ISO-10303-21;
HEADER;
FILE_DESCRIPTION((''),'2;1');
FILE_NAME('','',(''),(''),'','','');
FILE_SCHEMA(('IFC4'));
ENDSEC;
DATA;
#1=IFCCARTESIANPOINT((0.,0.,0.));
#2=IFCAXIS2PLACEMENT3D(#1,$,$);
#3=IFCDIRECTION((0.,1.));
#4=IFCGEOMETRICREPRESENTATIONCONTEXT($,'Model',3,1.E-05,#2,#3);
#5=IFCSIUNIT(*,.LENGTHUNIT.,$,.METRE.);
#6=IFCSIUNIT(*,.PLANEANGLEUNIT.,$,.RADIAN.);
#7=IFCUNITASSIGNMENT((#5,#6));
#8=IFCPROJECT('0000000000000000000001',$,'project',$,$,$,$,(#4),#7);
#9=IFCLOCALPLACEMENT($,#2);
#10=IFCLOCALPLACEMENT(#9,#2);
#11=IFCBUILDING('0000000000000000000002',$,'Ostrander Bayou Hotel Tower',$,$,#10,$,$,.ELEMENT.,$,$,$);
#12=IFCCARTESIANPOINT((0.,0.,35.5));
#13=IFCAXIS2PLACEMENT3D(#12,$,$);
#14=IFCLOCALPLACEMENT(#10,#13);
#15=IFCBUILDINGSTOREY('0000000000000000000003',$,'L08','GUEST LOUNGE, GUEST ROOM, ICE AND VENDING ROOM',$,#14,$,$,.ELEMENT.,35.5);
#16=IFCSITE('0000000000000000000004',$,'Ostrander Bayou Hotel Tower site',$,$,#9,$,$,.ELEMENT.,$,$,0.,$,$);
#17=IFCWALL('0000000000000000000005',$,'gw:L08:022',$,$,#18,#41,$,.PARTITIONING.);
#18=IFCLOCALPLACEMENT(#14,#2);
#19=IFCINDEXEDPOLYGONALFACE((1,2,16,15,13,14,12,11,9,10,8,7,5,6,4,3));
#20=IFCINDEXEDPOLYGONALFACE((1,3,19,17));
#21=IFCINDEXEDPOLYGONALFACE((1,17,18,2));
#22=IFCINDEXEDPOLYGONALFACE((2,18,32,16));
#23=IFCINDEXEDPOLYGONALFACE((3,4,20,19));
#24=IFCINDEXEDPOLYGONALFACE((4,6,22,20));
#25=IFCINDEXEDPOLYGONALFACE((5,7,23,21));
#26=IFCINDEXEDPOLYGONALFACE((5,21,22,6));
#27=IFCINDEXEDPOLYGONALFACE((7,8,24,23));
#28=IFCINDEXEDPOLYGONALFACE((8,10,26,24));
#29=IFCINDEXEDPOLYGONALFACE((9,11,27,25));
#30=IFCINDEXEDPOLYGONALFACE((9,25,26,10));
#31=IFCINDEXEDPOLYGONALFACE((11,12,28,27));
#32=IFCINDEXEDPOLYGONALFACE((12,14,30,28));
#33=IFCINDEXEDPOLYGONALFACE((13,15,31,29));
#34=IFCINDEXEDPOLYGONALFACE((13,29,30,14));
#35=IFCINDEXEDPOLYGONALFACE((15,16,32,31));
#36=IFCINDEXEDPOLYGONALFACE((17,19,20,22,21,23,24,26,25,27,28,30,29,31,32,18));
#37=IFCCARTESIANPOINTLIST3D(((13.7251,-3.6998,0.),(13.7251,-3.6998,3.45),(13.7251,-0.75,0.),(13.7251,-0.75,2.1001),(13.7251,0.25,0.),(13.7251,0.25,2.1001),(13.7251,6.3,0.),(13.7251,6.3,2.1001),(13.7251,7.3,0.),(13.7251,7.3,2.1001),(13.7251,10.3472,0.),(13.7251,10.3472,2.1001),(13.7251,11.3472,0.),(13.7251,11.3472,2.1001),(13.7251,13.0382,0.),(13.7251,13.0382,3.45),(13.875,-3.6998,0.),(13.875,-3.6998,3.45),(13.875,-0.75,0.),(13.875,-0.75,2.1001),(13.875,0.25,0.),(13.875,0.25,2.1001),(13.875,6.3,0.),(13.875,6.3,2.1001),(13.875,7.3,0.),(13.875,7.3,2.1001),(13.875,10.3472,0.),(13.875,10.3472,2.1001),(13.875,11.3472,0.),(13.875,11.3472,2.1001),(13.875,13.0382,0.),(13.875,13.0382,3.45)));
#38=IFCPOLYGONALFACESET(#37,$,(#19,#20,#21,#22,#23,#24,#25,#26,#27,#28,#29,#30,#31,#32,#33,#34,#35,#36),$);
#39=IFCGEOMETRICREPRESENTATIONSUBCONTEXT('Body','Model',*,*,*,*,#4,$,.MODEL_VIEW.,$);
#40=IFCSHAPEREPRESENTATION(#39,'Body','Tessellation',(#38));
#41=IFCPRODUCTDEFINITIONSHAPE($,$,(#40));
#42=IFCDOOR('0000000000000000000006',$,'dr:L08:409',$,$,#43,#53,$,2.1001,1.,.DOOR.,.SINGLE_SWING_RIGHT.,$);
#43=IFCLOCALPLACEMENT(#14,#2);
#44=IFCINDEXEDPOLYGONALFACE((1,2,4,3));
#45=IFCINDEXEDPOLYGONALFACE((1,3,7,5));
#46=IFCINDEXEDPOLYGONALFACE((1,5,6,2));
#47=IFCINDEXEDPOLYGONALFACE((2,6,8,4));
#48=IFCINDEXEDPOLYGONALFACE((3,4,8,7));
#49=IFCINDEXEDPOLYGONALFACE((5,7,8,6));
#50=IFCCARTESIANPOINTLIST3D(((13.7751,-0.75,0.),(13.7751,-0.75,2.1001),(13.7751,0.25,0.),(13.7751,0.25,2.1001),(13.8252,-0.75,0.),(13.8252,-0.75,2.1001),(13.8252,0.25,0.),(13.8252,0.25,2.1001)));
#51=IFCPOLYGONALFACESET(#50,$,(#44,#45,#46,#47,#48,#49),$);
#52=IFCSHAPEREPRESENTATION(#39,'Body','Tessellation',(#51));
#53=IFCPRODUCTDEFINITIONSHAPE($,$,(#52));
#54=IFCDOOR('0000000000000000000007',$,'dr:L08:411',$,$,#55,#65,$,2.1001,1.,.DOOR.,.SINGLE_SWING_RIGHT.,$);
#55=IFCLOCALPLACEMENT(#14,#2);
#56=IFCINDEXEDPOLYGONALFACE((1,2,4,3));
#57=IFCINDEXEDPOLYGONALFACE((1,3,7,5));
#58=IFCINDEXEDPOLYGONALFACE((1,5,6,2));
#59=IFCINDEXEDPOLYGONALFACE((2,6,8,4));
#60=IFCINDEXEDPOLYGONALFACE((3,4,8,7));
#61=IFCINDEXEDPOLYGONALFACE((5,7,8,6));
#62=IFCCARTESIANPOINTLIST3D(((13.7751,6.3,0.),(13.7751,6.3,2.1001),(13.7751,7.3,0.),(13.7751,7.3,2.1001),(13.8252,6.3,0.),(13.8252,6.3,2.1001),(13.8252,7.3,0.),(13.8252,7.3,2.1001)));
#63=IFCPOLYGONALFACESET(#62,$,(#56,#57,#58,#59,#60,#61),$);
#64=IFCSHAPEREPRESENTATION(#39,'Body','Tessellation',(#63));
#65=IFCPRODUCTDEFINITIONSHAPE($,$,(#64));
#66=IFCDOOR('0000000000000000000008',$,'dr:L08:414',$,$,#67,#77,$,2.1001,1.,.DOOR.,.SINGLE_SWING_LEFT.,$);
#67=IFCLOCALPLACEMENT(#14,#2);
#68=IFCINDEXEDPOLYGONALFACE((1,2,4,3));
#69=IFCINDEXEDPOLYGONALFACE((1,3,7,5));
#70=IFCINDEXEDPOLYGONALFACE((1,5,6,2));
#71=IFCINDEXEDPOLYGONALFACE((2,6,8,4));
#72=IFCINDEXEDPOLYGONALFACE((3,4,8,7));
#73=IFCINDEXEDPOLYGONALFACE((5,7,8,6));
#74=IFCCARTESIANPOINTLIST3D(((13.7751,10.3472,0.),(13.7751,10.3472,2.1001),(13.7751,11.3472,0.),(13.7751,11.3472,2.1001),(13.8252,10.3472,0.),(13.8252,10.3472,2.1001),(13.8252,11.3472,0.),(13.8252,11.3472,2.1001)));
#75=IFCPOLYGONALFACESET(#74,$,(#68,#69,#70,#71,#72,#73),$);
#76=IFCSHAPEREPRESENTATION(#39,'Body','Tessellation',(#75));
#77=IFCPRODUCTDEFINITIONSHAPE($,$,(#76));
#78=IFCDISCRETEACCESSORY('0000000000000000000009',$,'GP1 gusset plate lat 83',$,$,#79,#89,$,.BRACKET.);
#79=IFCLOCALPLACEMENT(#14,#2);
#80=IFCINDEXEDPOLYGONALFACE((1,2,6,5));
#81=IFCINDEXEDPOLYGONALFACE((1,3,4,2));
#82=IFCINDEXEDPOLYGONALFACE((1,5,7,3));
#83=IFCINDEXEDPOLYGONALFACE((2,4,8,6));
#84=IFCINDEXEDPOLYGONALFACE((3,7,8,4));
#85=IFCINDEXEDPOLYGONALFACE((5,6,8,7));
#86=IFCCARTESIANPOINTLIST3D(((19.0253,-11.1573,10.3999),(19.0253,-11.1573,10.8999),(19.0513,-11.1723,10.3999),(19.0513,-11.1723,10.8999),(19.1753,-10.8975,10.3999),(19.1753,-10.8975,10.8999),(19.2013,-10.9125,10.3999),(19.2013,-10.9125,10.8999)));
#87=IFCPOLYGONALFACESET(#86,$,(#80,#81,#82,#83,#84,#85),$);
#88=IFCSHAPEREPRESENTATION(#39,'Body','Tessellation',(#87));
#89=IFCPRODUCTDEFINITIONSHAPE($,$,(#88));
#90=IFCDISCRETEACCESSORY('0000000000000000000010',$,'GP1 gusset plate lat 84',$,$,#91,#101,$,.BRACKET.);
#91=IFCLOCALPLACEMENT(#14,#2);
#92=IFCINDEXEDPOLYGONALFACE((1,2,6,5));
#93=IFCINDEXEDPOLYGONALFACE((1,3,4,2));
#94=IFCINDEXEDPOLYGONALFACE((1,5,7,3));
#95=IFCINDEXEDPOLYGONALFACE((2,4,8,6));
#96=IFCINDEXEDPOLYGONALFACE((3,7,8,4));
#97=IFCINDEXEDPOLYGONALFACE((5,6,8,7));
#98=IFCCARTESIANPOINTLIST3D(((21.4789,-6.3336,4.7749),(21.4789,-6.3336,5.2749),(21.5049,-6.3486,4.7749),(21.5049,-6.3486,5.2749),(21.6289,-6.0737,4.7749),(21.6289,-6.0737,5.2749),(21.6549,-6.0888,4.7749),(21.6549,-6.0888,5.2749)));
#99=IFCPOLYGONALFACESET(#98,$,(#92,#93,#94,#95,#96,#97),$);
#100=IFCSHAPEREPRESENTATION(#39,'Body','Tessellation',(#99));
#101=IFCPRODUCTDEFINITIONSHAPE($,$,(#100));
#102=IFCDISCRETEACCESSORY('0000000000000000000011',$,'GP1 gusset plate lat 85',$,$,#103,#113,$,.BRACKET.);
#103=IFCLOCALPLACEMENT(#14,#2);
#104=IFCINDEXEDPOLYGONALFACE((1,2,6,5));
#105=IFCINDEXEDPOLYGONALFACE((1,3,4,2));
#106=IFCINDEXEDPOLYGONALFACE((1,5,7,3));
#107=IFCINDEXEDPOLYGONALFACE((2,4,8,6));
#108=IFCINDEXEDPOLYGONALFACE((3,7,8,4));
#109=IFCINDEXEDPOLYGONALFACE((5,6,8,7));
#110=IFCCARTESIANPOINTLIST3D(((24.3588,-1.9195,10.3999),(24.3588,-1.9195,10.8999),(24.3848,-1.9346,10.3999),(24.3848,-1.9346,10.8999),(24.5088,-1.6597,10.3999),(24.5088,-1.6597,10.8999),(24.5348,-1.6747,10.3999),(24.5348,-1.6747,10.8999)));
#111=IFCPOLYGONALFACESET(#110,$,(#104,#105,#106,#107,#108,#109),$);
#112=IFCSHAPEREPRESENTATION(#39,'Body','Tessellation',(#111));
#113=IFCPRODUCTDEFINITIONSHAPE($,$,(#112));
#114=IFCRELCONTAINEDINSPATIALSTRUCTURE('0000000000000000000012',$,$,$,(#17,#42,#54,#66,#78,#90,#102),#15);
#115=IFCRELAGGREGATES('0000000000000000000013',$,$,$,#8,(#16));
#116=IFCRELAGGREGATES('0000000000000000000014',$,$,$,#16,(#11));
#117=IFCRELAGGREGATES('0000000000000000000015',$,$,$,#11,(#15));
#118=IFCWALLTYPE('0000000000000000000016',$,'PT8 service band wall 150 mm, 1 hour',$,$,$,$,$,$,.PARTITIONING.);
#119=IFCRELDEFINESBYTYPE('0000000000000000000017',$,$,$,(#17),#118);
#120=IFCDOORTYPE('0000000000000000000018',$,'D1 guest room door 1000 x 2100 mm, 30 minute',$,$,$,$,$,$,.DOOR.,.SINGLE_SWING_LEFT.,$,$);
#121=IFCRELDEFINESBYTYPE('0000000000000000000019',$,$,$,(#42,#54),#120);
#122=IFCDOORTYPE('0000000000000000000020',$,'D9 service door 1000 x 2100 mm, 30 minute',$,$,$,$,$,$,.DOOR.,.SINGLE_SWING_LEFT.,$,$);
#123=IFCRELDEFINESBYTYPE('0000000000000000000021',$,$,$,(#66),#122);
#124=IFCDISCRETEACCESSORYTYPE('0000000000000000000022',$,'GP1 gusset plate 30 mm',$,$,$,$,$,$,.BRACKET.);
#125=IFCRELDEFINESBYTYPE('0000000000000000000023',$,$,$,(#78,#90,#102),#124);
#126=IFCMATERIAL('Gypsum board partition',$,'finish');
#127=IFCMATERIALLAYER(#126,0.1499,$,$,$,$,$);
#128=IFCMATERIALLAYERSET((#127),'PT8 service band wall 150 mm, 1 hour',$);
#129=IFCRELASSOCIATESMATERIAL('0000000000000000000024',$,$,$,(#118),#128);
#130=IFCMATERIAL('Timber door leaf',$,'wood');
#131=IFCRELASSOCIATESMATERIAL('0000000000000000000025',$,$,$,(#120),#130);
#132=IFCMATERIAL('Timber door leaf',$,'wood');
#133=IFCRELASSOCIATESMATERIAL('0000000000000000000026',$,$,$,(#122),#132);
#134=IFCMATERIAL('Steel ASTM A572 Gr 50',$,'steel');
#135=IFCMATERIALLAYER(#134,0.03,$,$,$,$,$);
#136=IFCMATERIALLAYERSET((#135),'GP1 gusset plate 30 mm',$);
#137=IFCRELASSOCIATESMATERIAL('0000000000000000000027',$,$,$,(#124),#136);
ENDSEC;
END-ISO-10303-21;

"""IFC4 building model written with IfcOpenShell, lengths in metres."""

from ifc_helpers import new_model, si_unit, direction, frame, frame_2d, origin, origin_2d, place, context, subcontext, project, spatial, rectangle, extrude, material, layer, layer_set, type_object, element, fill, save


model = new_model("IFC4")

# Units and contexts
model_context = context("Model", 3, precision=1e-05, world=origin(), true_north=direction((0.0, 1.0)))
body_context = subcontext(model_context, "Body", "Model", "MODEL_VIEW")
ifc_project = project(units=[si_unit("LENGTHUNIT", "METRE"), si_unit("PLANEANGLEUNIT", "RADIAN")], contexts=[model_context])

# Site, building, storey
site_placement = place(None, origin())
site = spatial("IfcSite", under=ifc_project, at=site_placement, Name="Ostrander Bayou Hotel Tower site", CompositionType="ELEMENT", RefElevation=0.0)
building_placement = place(site_placement, origin())
building = spatial("IfcBuilding", under=site, at=building_placement, Name="Ostrander Bayou Hotel Tower", CompositionType="ELEMENT")
storey_placement = place(building_placement, frame((0.0, 0.0, 35.5)))
storey = spatial("IfcBuildingStorey", under=building, at=storey_placement, Name="L08", Description="GUEST LOUNGE, GUEST ROOM, ICE AND VENDING ROOM", CompositionType="ELEMENT", Elevation=35.5)

# Shared definitions
ifc_material_1 = material(Name="Gypsum board partition", Category="finish")
ifc_layer_1 = layer(ifc_material_1, 0.1499)
ifc_layer_set_1 = layer_set([ifc_layer_1], Name="PT8 service band wall 150 mm, 1 hour")
wall_type_1 = type_object("IfcWallType", Name="PT8 service band wall 150 mm, 1 hour", PredefinedType="PARTITIONING", material=ifc_layer_set_1)

# Wall, openings, doors
wall_1_placement = place(storey_placement, frame((13.8, -3.7, 0.0), z_axis=(0.0, 0.0, 1.0), x_axis=(0.0, 1.0, 0.0)))
wall_1 = element("IfcWall", 1, at=wall_1_placement, inside=storey, type_object=wall_type_1, Name="gw:L08:022", PredefinedType="PARTITIONING", context=body_context, shape_type="SweptSolid", body=[
    extrude(rectangle(XDim=16.738, YDim=0.1499, at=frame_2d((8.3691, 0.0))), origin(), (0.0, 0.0, 1.0), 3.45),
])
opening_1_placement = place(wall_1_placement, frame((2.95, 0.0, 0.0)))
opening_1 = element("IfcOpeningElement", 2, at=opening_1_placement, cuts=wall_1, PredefinedType="OPENING", context=body_context, shape_type="SweptSolid", body=[
    extrude(rectangle(XDim=1.0, YDim=2.1001, at=frame_2d((0.5, 1.05))), frame((0.0, 0.075, 0.0), z_axis=(0.0, -1.0, 0.0), x_axis=(1.0, 0.0, 0.0)), (0.0, 0.0, 1.0), 0.1499),
])
opening_2_placement = place(wall_1_placement, frame((10.0, 0.0, 0.0)))
opening_2 = element("IfcOpeningElement", 3, at=opening_2_placement, cuts=wall_1, PredefinedType="OPENING", context=body_context, shape_type="SweptSolid", body=[
    extrude(rectangle(XDim=1.0, YDim=2.1001, at=frame_2d((0.5, 1.05))), frame((0.0, 0.075, 0.0), z_axis=(0.0, -1.0, 0.0), x_axis=(1.0, 0.0, 0.0)), (0.0, 0.0, 1.0), 0.1499),
])
opening_3_placement = place(wall_1_placement, frame((14.0471, 0.0, 0.0)))
opening_3 = element("IfcOpeningElement", 4, at=opening_3_placement, cuts=wall_1, PredefinedType="OPENING", context=body_context, shape_type="SweptSolid", body=[
    extrude(rectangle(XDim=1.0, YDim=2.1001, at=frame_2d((0.5, 1.05))), frame((0.0, 0.075, 0.0), z_axis=(0.0, -1.0, 0.0), x_axis=(1.0, 0.0, 0.0)), (0.0, 0.0, 1.0), 0.1499),
])
ifc_material_2 = material(Name="Timber door leaf", Category="wood")
door_type_1 = type_object("IfcDoorType", Name="D1 guest room door 1000 x 2100 mm, 30 minute", OperationType="SINGLE_SWING_LEFT", PredefinedType="DOOR", material=ifc_material_2)
door_1_placement = place(opening_1_placement, origin())
door_1 = element("IfcDoor", 5, at=door_1_placement, inside=storey, type_object=door_type_1, Name="dr:L08:409", OperationType="SINGLE_SWING_RIGHT", OverallHeight=2.1001, OverallWidth=1.0, PredefinedType="DOOR", context=body_context, shape_type="SweptSolid", body=[
    extrude(rectangle(XDim=1.0, YDim=2.1001, at=frame_2d((0.5, 1.05))), frame((0.0, 0.0249, 0.0), z_axis=(0.0, -1.0, 0.0), x_axis=(1.0, 0.0, 0.0)), (0.0, 0.0, 1.0), 0.05),
])
fill(opening_1, door_1)
door_2_placement = place(opening_2_placement, origin())
door_2 = element("IfcDoor", 6, at=door_2_placement, inside=storey, type_object=door_type_1, Name="dr:L08:411", OperationType="SINGLE_SWING_RIGHT", OverallHeight=2.1001, OverallWidth=1.0, PredefinedType="DOOR", context=body_context, shape_type="SweptSolid", body=[
    extrude(rectangle(XDim=1.0, YDim=2.1001, at=frame_2d((0.5, 1.05))), frame((0.0, 0.0249, 0.0), z_axis=(0.0, -1.0, 0.0), x_axis=(1.0, 0.0, 0.0)), (0.0, 0.0, 1.0), 0.05),
])
fill(opening_2, door_2)
ifc_material_3 = material(Name="Timber door leaf", Category="wood")
door_type_2 = type_object("IfcDoorType", Name="D9 service door 1000 x 2100 mm, 30 minute", OperationType="SINGLE_SWING_LEFT", PredefinedType="DOOR", material=ifc_material_3)
door_3_placement = place(opening_3_placement, origin())
door_3 = element("IfcDoor", 7, at=door_3_placement, inside=storey, type_object=door_type_2, Name="dr:L08:414", OperationType="SINGLE_SWING_LEFT", OverallHeight=2.1001, OverallWidth=1.0, PredefinedType="DOOR", context=body_context, shape_type="SweptSolid", body=[
    extrude(rectangle(XDim=1.0, YDim=2.1001, at=frame_2d((0.5, 1.05))), frame((0.0, 0.0249, 0.0), z_axis=(0.0, -1.0, 0.0), x_axis=(1.0, 0.0, 0.0)), (0.0, 0.0, 1.0), 0.05),
])
fill(opening_3, door_3)

# Discrete accessories
ifc_material_4 = material(Name="Steel ASTM A572 Gr 50", Category="steel")
ifc_layer_2 = layer(ifc_material_4, 0.03)
ifc_layer_set_2 = layer_set([ifc_layer_2], Name="GP1 gusset plate 30 mm")
discrete_accessory_type = type_object("IfcDiscreteAccessoryType", Name="GP1 gusset plate 30 mm", PredefinedType="BRACKET", material=ifc_layer_set_2)
for number, where, z_axis, x_axis, name in (
    (8, (19.1133, -11.0349, 10.3999), (0.0, 0.0, 1.0), (0.5, 0.866025, 0.0), "GP1 gusset plate lat 83"),
    (9, (21.5669, -6.2112, 4.7749), (0.0, 0.0, 1.0), (0.5, 0.866025, 0.0), "GP1 gusset plate lat 84"),
    (10, (24.4468, -1.7971, 10.3999), (0.0, 0.0, 1.0), (0.5, 0.866025, 0.0), "GP1 gusset plate lat 85"),
):
    element("IfcDiscreteAccessory", number, at=place(storey_placement, frame(where, z_axis=z_axis, x_axis=x_axis)), inside=storey, type_object=discrete_accessory_type, Name=name, PredefinedType="BRACKET", context=body_context, shape_type="SweptSolid", body=[
        extrude(rectangle(XDim=0.3, YDim=0.03, at=origin_2d()), origin(), (0.0, 0.0, 1.0), 0.5),
    ])

save(model, "model.ifc")
